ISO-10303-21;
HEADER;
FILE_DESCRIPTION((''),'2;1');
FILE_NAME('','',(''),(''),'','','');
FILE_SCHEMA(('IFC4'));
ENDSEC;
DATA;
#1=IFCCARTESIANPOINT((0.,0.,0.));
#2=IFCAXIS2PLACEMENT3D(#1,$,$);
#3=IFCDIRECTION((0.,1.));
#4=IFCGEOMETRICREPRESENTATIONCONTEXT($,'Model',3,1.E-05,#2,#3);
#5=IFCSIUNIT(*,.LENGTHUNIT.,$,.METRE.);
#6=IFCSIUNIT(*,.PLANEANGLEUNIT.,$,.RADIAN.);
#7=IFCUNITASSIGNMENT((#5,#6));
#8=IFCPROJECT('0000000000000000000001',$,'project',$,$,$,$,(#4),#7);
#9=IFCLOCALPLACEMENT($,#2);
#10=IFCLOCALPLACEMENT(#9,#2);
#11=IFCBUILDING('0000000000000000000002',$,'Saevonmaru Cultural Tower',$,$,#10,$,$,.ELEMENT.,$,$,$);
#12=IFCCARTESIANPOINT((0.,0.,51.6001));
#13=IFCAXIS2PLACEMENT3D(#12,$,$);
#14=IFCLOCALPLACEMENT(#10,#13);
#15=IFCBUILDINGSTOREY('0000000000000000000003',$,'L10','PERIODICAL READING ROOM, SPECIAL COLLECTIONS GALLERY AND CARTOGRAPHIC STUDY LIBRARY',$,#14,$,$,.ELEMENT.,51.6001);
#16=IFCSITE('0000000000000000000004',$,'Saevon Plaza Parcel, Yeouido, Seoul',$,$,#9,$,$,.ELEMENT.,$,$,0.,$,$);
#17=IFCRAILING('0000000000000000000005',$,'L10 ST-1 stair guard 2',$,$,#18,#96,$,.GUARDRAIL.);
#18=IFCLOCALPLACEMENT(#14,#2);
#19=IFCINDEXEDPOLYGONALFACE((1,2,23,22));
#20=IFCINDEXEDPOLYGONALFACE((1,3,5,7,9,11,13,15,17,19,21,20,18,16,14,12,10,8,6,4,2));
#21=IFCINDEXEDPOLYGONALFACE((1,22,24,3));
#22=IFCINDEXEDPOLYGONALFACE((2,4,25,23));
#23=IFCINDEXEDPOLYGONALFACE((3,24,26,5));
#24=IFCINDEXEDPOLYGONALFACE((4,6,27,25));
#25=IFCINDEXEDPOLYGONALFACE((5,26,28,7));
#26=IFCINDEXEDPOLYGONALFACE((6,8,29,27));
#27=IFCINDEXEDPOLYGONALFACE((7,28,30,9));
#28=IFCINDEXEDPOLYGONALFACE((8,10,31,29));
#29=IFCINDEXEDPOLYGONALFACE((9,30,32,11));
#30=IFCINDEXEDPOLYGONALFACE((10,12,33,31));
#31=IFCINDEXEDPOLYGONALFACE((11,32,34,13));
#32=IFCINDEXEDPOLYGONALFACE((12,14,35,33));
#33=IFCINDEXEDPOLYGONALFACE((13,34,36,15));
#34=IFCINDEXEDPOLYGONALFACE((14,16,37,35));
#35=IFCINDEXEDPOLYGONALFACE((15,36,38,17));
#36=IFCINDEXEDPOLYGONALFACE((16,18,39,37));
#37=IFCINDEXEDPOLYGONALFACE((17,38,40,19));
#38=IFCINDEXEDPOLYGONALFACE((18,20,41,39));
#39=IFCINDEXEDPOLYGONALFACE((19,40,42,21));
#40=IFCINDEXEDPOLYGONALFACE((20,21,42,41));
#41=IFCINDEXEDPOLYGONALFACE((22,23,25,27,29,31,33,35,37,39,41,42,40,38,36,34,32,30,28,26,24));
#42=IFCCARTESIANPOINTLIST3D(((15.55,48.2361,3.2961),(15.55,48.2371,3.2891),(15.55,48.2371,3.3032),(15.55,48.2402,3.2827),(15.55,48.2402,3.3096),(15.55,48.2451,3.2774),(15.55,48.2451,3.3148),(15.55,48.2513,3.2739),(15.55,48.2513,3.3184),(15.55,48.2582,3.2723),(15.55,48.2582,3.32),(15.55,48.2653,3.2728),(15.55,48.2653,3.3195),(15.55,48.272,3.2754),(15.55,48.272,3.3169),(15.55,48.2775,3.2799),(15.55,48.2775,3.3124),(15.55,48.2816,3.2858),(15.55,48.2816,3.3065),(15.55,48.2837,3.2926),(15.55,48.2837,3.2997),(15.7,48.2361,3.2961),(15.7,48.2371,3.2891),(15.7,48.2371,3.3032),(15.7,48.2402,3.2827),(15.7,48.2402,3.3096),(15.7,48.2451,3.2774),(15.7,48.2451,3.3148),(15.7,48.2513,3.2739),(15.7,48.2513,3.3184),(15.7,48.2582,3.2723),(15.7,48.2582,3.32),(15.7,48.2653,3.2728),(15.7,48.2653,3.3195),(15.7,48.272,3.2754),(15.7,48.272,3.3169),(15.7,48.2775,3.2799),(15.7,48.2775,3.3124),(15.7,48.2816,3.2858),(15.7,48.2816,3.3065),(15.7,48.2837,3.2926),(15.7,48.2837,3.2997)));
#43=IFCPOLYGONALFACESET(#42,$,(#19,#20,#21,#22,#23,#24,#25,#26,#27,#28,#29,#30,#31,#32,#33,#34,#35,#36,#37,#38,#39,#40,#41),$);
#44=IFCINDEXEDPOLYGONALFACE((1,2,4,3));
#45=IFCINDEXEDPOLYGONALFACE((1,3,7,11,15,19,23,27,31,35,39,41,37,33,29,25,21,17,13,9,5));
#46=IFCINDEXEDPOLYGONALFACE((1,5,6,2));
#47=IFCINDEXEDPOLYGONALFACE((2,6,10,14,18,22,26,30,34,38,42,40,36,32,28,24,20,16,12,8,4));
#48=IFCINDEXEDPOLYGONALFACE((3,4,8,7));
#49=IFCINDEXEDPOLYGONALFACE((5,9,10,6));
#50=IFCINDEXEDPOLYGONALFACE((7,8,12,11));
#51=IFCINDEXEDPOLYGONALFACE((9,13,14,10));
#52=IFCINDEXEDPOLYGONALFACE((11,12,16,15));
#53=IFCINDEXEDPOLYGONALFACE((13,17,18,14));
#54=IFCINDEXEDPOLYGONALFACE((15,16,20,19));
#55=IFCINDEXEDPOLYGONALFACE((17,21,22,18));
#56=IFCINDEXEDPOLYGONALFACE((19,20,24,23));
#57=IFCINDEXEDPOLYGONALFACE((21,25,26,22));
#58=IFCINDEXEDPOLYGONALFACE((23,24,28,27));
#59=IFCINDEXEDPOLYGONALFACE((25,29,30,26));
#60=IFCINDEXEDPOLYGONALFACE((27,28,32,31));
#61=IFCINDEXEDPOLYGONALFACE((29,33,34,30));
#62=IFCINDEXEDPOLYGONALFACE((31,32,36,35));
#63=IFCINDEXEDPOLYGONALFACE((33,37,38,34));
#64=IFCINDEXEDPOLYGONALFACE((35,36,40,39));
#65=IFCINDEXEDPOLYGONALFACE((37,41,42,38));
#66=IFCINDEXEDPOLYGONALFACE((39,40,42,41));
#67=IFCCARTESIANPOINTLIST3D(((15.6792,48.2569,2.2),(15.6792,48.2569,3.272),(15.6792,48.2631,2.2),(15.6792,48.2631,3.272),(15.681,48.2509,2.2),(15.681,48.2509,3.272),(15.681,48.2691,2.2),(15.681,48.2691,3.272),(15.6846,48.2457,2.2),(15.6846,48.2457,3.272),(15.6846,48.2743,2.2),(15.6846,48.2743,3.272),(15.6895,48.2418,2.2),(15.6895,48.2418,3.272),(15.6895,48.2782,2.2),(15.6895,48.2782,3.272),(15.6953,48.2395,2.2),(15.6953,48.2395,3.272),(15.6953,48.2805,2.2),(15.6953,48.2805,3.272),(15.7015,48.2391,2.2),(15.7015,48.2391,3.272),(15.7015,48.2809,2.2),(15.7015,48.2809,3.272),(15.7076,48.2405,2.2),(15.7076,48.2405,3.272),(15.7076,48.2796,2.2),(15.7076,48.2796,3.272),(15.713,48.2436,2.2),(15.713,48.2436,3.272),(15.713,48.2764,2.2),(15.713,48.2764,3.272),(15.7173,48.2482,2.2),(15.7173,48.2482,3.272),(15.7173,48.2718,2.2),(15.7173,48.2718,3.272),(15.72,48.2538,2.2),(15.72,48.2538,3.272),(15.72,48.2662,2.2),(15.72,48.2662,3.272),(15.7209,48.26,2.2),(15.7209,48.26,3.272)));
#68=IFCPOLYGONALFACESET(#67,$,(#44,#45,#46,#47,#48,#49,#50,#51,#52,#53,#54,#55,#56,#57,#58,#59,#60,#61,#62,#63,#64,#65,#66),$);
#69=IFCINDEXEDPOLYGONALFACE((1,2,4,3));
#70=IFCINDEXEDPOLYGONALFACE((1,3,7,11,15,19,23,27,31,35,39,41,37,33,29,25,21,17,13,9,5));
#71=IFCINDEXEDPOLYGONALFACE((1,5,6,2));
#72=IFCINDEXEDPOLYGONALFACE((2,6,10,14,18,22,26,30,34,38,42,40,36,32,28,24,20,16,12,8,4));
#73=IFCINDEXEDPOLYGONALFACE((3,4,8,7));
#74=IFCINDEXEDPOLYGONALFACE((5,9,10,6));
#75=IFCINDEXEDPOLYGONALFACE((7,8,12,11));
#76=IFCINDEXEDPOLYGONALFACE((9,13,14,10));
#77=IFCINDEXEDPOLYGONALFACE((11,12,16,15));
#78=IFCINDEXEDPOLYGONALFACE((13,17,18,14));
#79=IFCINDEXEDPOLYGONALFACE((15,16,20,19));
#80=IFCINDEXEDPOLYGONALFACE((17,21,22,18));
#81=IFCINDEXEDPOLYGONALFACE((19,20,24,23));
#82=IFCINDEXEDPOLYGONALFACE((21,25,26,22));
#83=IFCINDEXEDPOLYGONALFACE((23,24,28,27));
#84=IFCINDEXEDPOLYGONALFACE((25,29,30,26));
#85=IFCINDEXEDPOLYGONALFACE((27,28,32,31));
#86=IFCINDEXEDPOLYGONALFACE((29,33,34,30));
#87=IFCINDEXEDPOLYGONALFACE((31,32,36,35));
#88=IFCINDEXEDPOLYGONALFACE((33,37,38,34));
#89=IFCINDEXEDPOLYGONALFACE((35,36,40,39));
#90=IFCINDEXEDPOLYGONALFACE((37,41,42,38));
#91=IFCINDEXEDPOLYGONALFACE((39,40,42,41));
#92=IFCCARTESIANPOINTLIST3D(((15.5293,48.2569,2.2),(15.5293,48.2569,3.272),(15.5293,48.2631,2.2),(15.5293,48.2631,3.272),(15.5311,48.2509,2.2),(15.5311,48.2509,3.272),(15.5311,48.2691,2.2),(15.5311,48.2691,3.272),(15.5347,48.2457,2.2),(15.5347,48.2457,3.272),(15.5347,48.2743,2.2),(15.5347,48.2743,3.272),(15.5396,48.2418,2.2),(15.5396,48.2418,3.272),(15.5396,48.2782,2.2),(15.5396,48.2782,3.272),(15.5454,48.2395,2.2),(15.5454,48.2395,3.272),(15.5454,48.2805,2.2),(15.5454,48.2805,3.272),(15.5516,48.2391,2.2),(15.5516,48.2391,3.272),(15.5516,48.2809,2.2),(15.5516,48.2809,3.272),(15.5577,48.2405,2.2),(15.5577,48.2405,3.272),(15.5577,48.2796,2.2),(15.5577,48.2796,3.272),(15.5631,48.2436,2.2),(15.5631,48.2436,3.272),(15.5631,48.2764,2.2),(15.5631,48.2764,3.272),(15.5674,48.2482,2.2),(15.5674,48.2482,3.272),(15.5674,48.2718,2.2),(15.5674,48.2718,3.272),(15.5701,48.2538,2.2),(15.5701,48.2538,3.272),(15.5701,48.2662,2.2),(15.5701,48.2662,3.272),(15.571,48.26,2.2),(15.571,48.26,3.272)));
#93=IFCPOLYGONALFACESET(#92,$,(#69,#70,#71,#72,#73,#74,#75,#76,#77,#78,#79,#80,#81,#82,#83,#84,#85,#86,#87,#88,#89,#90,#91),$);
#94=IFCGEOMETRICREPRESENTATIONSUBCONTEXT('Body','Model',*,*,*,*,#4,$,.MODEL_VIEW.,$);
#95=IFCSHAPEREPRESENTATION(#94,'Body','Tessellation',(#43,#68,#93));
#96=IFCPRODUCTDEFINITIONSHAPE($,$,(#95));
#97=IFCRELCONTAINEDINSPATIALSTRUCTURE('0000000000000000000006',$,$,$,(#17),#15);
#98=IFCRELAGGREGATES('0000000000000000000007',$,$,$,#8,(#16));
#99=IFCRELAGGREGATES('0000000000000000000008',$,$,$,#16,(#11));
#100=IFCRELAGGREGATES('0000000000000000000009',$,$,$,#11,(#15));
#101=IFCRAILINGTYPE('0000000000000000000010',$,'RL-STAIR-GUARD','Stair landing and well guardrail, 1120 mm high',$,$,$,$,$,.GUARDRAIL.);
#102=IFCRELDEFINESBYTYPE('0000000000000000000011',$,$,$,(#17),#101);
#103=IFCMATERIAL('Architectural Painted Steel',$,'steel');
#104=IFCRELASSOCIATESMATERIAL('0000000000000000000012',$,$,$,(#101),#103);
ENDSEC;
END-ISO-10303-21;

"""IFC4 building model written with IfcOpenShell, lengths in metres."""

from ifc_helpers import new_model, si_unit, direction, frame, origin, origin_2d, place, context, subcontext, project, spatial, circle, extrude, material, type_object, element, save


model = new_model("IFC4")

# Units and contexts
model_context = context("Model", 3, precision=1e-05, world=origin(), true_north=direction((0.0, 1.0)))
body_context = subcontext(model_context, "Body", "Model", "MODEL_VIEW")
ifc_project = project(units=[si_unit("LENGTHUNIT", "METRE"), si_unit("PLANEANGLEUNIT", "RADIAN")], contexts=[model_context])

# Site, building, storey
site_placement = place(None, origin())
site = spatial("IfcSite", under=ifc_project, at=site_placement, Name="Saevon Plaza Parcel, Yeouido, Seoul", CompositionType="ELEMENT", RefElevation=0.0)
building_placement = place(site_placement, origin())
building = spatial("IfcBuilding", under=site, at=building_placement, Name="Saevonmaru Cultural Tower", CompositionType="ELEMENT")
storey_placement = place(building_placement, frame((0.0, 0.0, 51.6001)))
storey = spatial("IfcBuildingStorey", under=building, at=storey_placement, Name="L10", Description="PERIODICAL READING ROOM, SPECIAL COLLECTIONS GALLERY AND CARTOGRAPHIC STUDY LIBRARY", CompositionType="ELEMENT", Elevation=51.6001)

# Railing
ifc_material_1 = material(Name="Architectural Painted Steel", Category="steel")
railing_type = type_object("IfcRailingType", Name="RL-STAIR-GUARD", Description="Stair landing and well guardrail, 1120 mm high", PredefinedType="GUARDRAIL", material=ifc_material_1)
railing_1_placement = place(storey_placement, frame((15.7, 48.26, 2.2)))
element("IfcRailing", 1, at=railing_1_placement, inside=storey, type_object=railing_type, Name="L10 ST-1 stair guard 2", PredefinedType="GUARDRAIL", context=body_context, shape_type="SweptSolid", body=[
    extrude(circle(Radius=0.0239, at=origin_2d()), frame((0.0, 0.0, 1.0962), z_axis=(-1.0, 0.0, 0.0), x_axis=(0.0, -1.0, 0.0)), (0.0, 0.0, 1.0), 0.1499),
    extrude(circle(Radius=0.021, at=origin_2d()), origin(), (0.0, 0.0, 1.0), 1.072),
    extrude(circle(Radius=0.021, at=origin_2d()), frame((-0.1499, 0.0, 0.0)), (0.0, 0.0, 1.0), 1.072),
])

save(model, "model.ifc")
